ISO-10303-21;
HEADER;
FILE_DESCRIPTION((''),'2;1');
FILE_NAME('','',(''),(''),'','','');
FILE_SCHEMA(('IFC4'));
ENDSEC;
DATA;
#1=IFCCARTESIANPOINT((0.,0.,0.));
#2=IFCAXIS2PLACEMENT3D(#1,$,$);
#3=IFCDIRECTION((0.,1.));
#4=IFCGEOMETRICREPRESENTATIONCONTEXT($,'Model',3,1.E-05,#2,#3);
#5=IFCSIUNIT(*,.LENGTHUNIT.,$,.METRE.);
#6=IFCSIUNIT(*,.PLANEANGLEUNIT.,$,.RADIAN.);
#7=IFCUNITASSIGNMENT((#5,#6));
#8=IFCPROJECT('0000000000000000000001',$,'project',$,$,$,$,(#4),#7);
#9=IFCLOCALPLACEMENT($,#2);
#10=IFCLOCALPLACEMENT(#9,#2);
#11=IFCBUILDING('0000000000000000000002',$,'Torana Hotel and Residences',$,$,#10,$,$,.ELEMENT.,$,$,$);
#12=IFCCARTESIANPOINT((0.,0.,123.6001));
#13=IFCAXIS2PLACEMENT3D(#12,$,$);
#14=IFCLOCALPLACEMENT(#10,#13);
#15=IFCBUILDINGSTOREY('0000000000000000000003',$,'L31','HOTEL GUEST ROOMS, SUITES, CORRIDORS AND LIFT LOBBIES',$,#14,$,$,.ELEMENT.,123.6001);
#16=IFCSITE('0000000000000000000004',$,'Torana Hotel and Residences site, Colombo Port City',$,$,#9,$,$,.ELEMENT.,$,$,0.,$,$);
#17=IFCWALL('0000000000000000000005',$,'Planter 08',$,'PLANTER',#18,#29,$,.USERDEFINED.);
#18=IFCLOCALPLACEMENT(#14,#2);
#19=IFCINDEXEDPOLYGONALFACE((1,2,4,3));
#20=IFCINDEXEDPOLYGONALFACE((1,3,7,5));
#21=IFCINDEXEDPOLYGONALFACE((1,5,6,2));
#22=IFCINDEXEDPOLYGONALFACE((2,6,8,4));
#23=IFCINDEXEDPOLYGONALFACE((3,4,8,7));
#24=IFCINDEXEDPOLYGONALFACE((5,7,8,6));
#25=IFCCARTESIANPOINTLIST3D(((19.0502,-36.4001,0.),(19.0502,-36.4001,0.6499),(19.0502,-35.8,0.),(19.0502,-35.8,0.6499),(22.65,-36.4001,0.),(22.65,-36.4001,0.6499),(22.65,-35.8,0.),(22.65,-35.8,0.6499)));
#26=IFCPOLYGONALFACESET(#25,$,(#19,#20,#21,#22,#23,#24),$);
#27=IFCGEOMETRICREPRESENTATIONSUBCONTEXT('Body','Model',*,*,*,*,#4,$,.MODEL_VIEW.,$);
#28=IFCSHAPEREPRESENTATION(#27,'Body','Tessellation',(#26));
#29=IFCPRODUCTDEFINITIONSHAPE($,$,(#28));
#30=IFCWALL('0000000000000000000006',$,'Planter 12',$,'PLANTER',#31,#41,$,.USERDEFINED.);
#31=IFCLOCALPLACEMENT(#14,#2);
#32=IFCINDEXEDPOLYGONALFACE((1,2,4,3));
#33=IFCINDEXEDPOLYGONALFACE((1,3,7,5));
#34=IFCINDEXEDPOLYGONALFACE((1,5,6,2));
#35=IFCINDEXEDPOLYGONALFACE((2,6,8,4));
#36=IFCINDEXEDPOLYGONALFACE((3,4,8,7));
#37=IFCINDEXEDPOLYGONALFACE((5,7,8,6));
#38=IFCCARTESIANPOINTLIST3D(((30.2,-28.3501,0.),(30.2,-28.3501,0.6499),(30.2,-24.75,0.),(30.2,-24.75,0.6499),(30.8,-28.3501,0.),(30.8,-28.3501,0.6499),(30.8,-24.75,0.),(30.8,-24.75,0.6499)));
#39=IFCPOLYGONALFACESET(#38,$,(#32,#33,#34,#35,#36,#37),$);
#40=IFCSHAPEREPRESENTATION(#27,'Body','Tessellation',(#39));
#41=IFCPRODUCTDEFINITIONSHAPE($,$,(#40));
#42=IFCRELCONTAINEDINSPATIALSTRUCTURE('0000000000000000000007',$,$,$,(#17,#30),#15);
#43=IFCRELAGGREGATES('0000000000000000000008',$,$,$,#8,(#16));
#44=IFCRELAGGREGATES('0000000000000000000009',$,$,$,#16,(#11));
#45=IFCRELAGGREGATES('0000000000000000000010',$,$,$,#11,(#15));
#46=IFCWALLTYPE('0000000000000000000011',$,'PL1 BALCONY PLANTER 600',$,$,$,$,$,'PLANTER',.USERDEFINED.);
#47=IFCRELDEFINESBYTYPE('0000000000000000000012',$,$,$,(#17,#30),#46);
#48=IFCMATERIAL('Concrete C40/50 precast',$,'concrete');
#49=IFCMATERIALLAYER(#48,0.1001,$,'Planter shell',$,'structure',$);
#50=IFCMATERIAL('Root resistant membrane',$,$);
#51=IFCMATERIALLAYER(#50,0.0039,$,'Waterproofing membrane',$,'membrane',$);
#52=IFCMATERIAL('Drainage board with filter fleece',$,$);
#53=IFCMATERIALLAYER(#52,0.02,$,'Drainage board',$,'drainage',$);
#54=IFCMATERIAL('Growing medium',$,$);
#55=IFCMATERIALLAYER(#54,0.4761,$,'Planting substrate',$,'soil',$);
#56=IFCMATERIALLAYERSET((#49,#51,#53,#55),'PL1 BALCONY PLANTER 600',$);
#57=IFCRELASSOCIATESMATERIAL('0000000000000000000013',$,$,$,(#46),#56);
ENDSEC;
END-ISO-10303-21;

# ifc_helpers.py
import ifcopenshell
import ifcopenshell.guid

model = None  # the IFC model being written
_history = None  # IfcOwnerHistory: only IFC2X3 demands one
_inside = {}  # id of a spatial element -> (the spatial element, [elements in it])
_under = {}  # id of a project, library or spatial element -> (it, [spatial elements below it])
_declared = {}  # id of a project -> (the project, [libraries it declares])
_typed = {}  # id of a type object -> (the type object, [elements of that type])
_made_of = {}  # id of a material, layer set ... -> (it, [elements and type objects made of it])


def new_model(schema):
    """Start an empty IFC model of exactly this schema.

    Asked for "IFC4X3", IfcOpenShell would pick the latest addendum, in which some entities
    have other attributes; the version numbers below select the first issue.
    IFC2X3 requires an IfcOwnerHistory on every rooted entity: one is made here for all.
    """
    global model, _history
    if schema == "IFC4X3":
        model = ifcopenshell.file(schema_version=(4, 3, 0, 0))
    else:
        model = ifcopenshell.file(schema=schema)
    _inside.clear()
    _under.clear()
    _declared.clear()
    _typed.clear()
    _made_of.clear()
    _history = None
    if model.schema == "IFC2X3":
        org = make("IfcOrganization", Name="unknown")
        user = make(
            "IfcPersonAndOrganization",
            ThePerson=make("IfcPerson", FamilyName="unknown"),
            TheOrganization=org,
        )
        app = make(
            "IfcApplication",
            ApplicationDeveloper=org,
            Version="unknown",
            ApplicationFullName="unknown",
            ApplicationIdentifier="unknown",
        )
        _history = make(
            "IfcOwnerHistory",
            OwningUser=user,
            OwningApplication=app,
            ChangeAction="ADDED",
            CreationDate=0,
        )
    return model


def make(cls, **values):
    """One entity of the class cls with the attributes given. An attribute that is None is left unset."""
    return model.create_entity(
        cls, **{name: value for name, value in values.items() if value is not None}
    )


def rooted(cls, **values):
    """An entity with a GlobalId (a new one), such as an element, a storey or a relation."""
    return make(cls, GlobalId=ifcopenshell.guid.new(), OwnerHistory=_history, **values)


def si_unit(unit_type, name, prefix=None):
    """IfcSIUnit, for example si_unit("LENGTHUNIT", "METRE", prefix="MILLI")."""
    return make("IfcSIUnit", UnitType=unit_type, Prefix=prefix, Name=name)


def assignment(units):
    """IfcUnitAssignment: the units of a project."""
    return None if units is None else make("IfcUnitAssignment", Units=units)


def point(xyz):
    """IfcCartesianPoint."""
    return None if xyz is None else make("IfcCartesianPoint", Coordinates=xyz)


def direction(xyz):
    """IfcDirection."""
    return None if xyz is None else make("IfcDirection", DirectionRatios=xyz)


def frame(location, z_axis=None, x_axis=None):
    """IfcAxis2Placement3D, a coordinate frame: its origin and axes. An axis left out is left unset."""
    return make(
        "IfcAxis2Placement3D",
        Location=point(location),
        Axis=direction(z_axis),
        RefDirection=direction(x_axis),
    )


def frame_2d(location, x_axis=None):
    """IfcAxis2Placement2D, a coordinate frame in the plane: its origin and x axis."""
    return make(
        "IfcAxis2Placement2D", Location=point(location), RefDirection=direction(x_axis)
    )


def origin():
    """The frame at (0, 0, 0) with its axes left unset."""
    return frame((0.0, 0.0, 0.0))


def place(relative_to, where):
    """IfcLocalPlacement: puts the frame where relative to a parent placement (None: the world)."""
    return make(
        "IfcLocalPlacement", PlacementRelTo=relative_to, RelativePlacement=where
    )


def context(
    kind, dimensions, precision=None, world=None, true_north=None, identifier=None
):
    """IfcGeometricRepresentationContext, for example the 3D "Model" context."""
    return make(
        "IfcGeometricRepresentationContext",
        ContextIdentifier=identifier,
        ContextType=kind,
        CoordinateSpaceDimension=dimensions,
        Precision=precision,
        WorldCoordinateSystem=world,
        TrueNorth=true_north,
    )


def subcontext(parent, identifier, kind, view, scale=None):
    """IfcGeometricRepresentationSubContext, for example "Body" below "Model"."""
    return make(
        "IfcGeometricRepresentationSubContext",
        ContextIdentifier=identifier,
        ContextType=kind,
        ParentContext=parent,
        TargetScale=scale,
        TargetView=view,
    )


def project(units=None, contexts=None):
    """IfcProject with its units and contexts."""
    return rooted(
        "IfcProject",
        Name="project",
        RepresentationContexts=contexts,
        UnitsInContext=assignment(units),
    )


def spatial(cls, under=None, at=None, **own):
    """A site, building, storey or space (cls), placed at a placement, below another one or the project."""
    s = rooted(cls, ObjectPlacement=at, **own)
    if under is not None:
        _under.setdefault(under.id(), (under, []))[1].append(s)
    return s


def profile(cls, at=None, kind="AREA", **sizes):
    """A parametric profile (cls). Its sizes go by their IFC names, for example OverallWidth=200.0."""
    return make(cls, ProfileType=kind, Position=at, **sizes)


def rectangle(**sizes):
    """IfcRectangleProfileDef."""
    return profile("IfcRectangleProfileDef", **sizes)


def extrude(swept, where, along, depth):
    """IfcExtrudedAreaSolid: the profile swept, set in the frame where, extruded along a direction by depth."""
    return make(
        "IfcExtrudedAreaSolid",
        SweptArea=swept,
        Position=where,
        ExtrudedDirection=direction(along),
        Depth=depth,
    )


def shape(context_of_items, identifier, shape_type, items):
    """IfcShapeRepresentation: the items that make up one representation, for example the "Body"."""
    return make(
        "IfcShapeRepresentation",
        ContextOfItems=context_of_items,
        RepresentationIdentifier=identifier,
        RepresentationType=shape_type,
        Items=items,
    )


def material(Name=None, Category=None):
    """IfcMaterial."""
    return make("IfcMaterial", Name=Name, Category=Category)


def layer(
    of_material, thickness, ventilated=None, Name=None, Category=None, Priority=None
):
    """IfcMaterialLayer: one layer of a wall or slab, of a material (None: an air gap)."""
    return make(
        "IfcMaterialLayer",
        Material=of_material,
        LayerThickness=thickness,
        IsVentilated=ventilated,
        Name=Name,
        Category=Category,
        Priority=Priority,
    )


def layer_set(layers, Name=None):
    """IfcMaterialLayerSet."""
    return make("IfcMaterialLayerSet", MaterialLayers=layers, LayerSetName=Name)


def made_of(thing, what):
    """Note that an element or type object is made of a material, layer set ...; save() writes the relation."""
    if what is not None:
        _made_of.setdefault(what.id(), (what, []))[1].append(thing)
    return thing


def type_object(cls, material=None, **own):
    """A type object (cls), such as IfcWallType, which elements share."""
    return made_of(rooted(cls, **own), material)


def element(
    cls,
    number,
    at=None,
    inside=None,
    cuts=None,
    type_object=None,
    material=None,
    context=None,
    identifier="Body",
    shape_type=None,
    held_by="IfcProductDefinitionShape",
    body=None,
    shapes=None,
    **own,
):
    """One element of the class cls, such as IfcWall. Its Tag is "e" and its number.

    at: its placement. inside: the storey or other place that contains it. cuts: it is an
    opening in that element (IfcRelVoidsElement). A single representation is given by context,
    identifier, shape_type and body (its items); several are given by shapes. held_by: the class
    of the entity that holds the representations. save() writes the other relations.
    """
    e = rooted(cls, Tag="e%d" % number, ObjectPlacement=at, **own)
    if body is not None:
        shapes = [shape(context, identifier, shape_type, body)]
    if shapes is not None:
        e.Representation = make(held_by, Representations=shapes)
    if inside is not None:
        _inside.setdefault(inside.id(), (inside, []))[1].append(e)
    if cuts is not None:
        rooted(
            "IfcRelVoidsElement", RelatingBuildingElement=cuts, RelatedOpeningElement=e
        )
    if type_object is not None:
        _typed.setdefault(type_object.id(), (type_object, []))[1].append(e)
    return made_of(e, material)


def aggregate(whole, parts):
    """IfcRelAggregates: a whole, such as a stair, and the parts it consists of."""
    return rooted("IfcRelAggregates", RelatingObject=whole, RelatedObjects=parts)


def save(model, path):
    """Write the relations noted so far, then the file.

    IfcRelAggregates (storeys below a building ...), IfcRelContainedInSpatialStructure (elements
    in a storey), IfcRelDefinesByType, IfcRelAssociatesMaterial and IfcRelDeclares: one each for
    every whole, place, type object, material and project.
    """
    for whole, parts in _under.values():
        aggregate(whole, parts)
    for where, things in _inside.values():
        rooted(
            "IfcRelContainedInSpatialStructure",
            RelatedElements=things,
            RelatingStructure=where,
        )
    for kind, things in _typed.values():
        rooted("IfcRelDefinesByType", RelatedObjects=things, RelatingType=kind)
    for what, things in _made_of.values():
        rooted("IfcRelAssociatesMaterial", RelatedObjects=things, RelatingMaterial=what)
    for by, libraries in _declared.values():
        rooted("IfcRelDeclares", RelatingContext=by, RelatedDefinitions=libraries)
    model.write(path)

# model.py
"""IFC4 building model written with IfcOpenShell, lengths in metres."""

from ifc_helpers import new_model, si_unit, direction, frame, frame_2d, origin, place, context, subcontext, project, spatial, rectangle, extrude, material, layer, layer_set, type_object, element, save


model = new_model("IFC4")

# Units and contexts
model_context = context("Model", 3, precision=1e-05, world=origin(), true_north=direction((0.0, 1.0)))
body_context = subcontext(model_context, "Body", "Model", "MODEL_VIEW")
ifc_project = project(units=[si_unit("LENGTHUNIT", "METRE"), si_unit("PLANEANGLEUNIT", "RADIAN")], contexts=[model_context])

# Site, building, storey
site_placement = place(None, origin())
site = spatial("IfcSite", under=ifc_project, at=site_placement, Name="Torana Hotel and Residences site, Colombo Port City", CompositionType="ELEMENT", RefElevation=0.0)
building_placement = place(site_placement, origin())
building = spatial("IfcBuilding", under=site, at=building_placement, Name="Torana Hotel and Residences", CompositionType="ELEMENT")
storey_placement = place(building_placement, frame((0.0, 0.0, 123.6001)))
storey = spatial("IfcBuildingStorey", under=building, at=storey_placement, Name="L31", Description="HOTEL GUEST ROOMS, SUITES, CORRIDORS AND LIFT LOBBIES", CompositionType="ELEMENT", Elevation=123.6001)

# Walls
ifc_material_1 = material(Name="Concrete C40/50 precast", Category="concrete")
ifc_layer_1 = layer(ifc_material_1, 0.1001, Name="Planter shell", Category="structure")
ifc_material_2 = material(Name="Root resistant membrane")
ifc_layer_2 = layer(ifc_material_2, 0.0039, Name="Waterproofing membrane", Category="membrane")
ifc_material_3 = material(Name="Drainage board with filter fleece")
ifc_layer_3 = layer(ifc_material_3, 0.02, Name="Drainage board", Category="drainage")
ifc_material_4 = material(Name="Growing medium")
ifc_layer_4 = layer(ifc_material_4, 0.4761, Name="Planting substrate", Category="soil")
ifc_layer_set_1 = layer_set([ifc_layer_1, ifc_layer_2, ifc_layer_3, ifc_layer_4], Name="PL1 BALCONY PLANTER 600")
wall_type_1 = type_object("IfcWallType", Name="PL1 BALCONY PLANTER 600", ElementType="PLANTER", PredefinedType="USERDEFINED", material=ifc_layer_set_1)
wall_1_placement = place(storey_placement, frame((22.6499, -36.1001, 0.0), z_axis=(0.0, 0.0, 1.0), x_axis=(-1.0, 0.0, 0.0)))
element("IfcWall", 1, at=wall_1_placement, inside=storey, type_object=wall_type_1, Name="Planter 08", ObjectType="PLANTER", PredefinedType="USERDEFINED", context=body_context, shape_type="SweptSolid", body=[
    extrude(rectangle(XDim=3.5999, YDim=0.6001, at=frame_2d((1.7998, 0.0))), origin(), (0.0, 0.0, 1.0), 0.6499),
])
wall_2_placement = place(storey_placement, frame((30.5, -24.75, 0.0), z_axis=(0.0, 0.0, 1.0), x_axis=(0.0, -1.0, 0.0)))
element("IfcWall", 2, at=wall_2_placement, inside=storey, type_object=wall_type_1, Name="Planter 12", ObjectType="PLANTER", PredefinedType="USERDEFINED", context=body_context, shape_type="SweptSolid", body=[
    extrude(rectangle(XDim=3.6001, YDim=0.6001, at=frame_2d((1.8, 0.0))), origin(), (0.0, 0.0, 1.0), 0.6499),
])

save(model, "model.ifc")
